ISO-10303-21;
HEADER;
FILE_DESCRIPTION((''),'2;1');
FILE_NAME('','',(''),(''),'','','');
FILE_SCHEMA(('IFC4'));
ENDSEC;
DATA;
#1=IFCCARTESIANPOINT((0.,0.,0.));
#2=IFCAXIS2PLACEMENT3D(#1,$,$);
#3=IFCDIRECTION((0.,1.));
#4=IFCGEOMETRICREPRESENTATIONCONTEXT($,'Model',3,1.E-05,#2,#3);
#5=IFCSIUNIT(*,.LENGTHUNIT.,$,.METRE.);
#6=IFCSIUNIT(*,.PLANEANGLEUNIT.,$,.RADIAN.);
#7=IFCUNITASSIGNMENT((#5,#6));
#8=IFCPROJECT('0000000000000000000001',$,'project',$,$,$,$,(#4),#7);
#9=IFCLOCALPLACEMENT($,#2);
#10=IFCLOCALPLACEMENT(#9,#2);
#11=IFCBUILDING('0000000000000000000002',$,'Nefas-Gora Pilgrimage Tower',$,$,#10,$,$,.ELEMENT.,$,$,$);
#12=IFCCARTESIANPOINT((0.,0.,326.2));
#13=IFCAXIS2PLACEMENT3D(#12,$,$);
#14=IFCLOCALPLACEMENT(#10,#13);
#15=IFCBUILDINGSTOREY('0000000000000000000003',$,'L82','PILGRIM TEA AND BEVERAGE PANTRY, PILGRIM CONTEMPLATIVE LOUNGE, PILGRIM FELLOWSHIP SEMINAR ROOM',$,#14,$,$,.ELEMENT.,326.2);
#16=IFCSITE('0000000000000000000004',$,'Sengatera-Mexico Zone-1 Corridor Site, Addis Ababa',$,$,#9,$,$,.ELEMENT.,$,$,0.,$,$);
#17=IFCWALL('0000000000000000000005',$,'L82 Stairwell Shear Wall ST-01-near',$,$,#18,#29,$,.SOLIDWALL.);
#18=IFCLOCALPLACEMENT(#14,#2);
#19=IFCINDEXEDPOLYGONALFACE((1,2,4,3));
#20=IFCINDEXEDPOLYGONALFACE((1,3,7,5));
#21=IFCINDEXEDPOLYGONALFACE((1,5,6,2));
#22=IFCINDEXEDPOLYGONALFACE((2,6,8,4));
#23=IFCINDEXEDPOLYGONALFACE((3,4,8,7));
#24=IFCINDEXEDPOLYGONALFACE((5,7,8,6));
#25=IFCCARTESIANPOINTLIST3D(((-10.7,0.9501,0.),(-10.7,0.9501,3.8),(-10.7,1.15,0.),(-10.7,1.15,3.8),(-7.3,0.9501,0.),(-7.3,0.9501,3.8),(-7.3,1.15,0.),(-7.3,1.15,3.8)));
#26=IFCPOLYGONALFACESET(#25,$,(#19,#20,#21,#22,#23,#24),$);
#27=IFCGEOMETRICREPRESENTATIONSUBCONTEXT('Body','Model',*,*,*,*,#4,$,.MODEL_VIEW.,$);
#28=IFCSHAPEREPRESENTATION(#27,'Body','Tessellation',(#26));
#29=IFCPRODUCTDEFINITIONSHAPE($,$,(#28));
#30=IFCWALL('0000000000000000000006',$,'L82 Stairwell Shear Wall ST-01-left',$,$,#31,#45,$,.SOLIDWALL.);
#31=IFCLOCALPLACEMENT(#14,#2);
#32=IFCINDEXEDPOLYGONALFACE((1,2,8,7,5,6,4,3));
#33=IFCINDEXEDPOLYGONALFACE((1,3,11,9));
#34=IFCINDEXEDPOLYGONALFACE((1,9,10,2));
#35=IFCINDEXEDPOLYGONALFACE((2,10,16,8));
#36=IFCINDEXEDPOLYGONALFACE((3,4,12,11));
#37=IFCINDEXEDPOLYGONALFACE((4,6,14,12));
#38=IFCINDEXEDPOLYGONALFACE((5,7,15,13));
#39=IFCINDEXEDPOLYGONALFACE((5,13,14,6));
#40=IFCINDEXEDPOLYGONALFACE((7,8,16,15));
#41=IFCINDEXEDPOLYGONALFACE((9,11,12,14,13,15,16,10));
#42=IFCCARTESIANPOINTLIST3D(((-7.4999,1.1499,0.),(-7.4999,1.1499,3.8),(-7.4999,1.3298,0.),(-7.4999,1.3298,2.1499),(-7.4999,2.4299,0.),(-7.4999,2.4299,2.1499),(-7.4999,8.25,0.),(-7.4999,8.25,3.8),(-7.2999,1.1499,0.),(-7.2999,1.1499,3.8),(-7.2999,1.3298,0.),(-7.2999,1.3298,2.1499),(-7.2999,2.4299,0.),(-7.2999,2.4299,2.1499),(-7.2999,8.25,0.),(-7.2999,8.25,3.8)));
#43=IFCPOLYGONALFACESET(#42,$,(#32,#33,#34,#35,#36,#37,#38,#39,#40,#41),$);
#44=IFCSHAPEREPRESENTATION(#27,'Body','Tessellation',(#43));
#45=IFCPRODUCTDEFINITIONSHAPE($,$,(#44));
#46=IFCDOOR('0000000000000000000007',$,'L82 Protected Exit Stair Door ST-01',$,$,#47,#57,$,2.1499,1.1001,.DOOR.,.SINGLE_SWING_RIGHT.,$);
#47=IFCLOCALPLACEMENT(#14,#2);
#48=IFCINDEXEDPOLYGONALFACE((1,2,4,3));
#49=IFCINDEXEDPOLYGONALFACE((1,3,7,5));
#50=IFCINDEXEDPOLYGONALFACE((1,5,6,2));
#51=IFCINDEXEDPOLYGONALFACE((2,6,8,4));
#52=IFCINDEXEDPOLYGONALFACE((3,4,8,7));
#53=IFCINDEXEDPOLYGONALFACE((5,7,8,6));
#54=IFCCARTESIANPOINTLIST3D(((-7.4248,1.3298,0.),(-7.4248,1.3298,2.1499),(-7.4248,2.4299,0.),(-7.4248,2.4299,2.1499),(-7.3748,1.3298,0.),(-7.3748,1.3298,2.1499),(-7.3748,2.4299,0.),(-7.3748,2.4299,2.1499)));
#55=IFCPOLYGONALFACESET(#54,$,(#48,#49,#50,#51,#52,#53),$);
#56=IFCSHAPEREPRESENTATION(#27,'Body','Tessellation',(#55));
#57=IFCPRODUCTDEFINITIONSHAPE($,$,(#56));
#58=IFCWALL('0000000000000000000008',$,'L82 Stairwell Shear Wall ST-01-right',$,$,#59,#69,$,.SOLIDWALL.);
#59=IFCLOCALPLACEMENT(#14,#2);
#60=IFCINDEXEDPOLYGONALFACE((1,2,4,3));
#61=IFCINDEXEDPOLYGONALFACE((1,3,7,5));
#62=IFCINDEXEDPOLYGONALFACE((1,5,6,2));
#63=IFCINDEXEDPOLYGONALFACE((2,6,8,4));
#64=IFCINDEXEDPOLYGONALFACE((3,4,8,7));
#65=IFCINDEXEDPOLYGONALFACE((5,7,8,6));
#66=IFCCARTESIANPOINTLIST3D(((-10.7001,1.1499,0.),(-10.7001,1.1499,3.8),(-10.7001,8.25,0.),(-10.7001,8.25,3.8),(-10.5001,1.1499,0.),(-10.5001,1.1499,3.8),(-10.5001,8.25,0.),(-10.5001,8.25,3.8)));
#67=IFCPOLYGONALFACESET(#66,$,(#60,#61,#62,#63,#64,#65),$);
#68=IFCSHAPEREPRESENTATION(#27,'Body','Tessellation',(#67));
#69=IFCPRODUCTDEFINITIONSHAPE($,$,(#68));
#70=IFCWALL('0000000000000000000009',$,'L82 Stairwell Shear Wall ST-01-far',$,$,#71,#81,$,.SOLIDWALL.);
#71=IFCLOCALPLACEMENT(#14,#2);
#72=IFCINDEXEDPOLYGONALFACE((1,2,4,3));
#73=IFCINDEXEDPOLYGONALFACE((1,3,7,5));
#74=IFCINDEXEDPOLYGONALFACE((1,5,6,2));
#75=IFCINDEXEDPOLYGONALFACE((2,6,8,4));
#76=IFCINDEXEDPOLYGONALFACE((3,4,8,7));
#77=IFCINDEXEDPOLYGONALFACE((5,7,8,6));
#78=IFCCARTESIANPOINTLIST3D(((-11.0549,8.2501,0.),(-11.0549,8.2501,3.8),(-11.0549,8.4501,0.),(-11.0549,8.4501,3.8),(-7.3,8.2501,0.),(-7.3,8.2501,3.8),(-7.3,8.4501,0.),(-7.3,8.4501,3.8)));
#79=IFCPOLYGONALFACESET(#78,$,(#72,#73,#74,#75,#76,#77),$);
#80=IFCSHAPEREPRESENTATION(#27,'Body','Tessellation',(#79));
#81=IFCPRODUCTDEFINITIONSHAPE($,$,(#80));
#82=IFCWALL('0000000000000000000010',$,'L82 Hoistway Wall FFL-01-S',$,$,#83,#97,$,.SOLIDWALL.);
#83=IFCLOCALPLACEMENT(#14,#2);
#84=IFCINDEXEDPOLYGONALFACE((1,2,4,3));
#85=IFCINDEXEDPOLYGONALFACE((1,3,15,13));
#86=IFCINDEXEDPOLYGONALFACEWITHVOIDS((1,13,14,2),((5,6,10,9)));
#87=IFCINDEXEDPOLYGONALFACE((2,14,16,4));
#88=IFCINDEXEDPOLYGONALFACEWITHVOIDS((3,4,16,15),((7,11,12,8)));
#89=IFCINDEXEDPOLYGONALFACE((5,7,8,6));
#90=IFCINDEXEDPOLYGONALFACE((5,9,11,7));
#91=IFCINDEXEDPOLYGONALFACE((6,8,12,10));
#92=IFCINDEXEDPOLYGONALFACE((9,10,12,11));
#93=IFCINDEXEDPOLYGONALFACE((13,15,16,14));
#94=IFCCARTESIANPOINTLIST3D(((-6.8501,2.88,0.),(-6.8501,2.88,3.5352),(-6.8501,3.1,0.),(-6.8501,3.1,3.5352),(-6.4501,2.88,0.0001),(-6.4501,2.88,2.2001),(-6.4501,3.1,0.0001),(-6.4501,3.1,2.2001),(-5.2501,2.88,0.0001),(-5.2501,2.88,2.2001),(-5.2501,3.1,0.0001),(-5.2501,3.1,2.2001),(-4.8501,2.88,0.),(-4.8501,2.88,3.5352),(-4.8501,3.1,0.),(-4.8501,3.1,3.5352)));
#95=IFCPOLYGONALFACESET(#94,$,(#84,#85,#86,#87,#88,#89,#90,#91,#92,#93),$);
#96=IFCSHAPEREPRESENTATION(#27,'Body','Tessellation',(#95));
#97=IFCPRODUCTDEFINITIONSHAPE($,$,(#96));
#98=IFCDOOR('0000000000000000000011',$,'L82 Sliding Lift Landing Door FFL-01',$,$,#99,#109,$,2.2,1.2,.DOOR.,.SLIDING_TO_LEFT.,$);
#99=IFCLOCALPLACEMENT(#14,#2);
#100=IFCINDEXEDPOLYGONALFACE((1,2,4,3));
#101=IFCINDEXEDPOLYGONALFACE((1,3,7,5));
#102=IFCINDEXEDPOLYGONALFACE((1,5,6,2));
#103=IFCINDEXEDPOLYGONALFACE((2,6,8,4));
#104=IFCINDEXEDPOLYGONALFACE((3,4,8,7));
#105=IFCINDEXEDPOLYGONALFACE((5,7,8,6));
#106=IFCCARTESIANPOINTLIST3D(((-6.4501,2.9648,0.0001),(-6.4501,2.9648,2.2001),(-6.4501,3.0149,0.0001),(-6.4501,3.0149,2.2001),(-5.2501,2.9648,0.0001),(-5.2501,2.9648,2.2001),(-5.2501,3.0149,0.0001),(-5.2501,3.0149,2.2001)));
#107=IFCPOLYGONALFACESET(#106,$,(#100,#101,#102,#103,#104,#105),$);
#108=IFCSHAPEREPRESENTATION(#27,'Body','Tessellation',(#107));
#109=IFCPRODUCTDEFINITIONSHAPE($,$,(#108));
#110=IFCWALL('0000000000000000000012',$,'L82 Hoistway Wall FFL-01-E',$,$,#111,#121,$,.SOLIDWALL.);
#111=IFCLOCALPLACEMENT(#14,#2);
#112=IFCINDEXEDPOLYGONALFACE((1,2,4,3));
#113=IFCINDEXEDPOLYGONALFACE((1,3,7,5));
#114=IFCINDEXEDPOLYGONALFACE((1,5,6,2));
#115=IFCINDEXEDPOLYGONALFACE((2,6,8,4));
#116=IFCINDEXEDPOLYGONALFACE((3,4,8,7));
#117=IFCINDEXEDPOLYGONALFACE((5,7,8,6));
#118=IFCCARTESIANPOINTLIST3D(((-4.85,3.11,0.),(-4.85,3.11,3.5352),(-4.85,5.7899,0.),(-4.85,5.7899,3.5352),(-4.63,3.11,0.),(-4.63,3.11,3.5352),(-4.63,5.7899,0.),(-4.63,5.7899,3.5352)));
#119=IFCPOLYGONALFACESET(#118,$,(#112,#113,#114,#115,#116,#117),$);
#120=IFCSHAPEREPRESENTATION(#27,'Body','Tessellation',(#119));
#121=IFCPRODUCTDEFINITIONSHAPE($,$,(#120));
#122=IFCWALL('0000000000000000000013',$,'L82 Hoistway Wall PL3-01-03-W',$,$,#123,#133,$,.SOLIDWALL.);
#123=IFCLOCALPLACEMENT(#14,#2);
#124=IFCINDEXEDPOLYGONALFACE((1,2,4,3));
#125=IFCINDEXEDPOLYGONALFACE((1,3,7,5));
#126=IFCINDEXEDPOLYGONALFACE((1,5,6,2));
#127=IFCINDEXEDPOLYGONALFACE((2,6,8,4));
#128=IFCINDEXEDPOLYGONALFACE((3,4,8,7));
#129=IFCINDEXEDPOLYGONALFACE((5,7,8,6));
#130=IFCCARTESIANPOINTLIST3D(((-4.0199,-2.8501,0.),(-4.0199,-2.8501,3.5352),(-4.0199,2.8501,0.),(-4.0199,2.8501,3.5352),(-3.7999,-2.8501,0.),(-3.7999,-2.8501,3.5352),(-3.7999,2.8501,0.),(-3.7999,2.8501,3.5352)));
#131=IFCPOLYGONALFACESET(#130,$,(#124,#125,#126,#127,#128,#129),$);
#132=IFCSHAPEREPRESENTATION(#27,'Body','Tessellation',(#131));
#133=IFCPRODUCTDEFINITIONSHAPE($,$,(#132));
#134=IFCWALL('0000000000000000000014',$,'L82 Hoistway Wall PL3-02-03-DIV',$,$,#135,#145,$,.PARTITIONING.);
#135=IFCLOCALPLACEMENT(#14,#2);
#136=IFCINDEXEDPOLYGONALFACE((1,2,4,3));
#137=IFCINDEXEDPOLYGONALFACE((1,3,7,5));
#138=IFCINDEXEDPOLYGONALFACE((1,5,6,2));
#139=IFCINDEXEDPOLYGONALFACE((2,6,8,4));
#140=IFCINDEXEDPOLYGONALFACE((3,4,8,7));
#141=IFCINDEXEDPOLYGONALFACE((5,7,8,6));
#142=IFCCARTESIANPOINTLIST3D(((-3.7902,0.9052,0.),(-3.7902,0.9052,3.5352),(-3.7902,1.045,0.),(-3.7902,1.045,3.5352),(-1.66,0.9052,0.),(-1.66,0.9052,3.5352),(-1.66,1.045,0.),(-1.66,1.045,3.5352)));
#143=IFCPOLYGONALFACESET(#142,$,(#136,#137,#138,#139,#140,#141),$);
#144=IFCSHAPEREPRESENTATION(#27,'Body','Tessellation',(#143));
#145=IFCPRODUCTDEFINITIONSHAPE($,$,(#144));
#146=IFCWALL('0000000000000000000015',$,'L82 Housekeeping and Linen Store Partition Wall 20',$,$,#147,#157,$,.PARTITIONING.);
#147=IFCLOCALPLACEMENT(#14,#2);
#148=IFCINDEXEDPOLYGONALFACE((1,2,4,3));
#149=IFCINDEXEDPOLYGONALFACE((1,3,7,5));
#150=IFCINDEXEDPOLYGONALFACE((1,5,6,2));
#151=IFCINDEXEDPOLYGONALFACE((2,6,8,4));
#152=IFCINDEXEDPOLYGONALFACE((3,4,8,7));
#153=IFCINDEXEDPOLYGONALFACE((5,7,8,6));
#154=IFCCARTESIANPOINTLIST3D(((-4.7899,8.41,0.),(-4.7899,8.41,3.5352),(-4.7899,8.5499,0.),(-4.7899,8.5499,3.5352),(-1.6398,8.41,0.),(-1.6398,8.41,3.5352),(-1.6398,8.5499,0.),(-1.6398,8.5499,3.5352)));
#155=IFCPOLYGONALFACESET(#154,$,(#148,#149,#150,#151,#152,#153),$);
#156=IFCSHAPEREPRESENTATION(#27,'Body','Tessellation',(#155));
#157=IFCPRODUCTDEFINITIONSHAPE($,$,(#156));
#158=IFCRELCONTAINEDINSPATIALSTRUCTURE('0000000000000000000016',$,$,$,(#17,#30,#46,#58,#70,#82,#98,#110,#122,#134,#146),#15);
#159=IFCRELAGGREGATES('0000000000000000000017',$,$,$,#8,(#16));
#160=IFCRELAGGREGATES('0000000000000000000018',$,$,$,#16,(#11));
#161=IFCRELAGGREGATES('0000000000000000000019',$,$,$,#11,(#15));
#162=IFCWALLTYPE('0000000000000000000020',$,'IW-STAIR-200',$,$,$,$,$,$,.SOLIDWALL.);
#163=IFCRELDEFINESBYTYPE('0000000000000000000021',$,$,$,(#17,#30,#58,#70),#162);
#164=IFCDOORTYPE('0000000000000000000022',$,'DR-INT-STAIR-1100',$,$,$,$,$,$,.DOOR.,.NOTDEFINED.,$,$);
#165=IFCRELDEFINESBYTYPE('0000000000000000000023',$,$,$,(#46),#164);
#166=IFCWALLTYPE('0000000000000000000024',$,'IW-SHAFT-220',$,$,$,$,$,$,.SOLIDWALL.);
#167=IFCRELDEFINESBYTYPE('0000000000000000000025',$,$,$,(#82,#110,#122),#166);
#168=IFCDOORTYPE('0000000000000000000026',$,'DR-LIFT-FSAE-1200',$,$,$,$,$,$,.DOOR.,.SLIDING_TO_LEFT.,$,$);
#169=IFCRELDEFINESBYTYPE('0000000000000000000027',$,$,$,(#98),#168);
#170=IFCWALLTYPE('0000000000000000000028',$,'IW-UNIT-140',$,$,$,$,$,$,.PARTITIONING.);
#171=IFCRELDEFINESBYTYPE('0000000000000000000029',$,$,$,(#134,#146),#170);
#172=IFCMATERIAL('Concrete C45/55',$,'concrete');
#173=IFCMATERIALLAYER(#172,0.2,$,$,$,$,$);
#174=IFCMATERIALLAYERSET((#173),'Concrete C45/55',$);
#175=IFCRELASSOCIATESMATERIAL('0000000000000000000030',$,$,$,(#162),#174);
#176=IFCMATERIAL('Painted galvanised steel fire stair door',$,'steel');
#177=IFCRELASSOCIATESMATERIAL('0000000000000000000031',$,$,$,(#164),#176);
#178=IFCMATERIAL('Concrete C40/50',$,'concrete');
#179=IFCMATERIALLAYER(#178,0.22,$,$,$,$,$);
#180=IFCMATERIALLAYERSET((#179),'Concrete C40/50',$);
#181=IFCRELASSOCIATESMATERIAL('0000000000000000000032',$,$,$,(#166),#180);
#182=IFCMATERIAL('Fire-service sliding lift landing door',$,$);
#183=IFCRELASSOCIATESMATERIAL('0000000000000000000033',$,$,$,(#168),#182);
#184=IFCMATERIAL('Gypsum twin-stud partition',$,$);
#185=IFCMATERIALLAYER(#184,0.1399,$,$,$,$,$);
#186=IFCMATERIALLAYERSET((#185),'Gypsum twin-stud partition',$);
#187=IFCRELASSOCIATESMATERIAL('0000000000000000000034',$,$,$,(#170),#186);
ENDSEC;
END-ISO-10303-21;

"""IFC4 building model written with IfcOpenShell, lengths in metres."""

from ifc_helpers import new_model, si_unit, direction, frame, frame_2d, origin, place, context, subcontext, project, spatial, rectangle, extrude, source, transform, mapped, material, layer, layer_set, type_object, element, fill, save


model = new_model("IFC4")

# Units and contexts
model_context = context("Model", 3, precision=1e-05, world=origin(), true_north=direction((0.0, 1.0)))
body_context = subcontext(model_context, "Body", "Model", "MODEL_VIEW")
ifc_project = project(units=[si_unit("LENGTHUNIT", "METRE"), si_unit("PLANEANGLEUNIT", "RADIAN")], contexts=[model_context])

# Site, building, storey
site_placement = place(None, origin())
site = spatial("IfcSite", under=ifc_project, at=site_placement, Name="Sengatera-Mexico Zone-1 Corridor Site, Addis Ababa", CompositionType="ELEMENT", RefElevation=0.0)
building_placement = place(site_placement, origin())
building = spatial("IfcBuilding", under=site, at=building_placement, Name="Nefas-Gora Pilgrimage Tower", CompositionType="ELEMENT")
storey_placement = place(building_placement, frame((0.0, 0.0, 326.2)))
storey = spatial("IfcBuildingStorey", under=building, at=storey_placement, Name="L82", Description="PILGRIM TEA AND BEVERAGE PANTRY, PILGRIM CONTEMPLATIVE LOUNGE, PILGRIM FELLOWSHIP SEMINAR ROOM", CompositionType="ELEMENT", Elevation=326.2)

# Wall
ifc_material_1 = material(Name="Concrete C45/55", Category="concrete")
ifc_layer_1 = layer(ifc_material_1, 0.2)
ifc_layer_set_1 = layer_set([ifc_layer_1], Name="Concrete C45/55")
wall_type_1 = type_object("IfcWallType", Name="IW-STAIR-200", PredefinedType="SOLIDWALL", material=ifc_layer_set_1)
shared_shape_1 = source(origin(), body_context, "Body", "SweptSolid", [
    extrude(rectangle(XDim=3.3999, YDim=0.2, at=frame_2d((1.7, 0.0))), origin(), (0.0, 0.0, 1.0), 3.8),
])
wall_1_placement = place(storey_placement, frame((-7.3, 1.05, 0.0), z_axis=(0.0, 0.0, 1.0), x_axis=(-1.0, 0.0, 0.0)))
element("IfcWall", 1, at=wall_1_placement, inside=storey, type_object=wall_type_1, Name="L82 Stairwell Shear Wall ST-01-near", PredefinedType="SOLIDWALL", context=body_context, shape_type="MappedRepresentation", body=[
    mapped(shared_shape_1, transform((0.0, 0.0, 0.0), x_axis=(1.0, 0.0, 0.0), y_axis=(0.0, 1.0, 0.0), z_axis=(0.0, 0.0, 1.0), scale=1.0)),
])

# Wall, opening, door
shared_shape_2 = source(origin(), body_context, "Body", "SweptSolid", [
    extrude(rectangle(XDim=7.1001, YDim=0.2, at=frame_2d((3.55, 0.0))), origin(), (0.0, 0.0, 1.0), 3.8),
])
wall_2_placement = place(storey_placement, frame((-7.3999, 1.1499, 0.0), z_axis=(0.0, 0.0, 1.0), x_axis=(0.0, 1.0, 0.0)))
wall_2 = element("IfcWall", 2, at=wall_2_placement, inside=storey, type_object=wall_type_1, Name="L82 Stairwell Shear Wall ST-01-left", PredefinedType="SOLIDWALL", context=body_context, shape_type="MappedRepresentation", body=[
    mapped(shared_shape_2, transform((0.0, 0.0, 0.0), x_axis=(1.0, 0.0, 0.0), y_axis=(0.0, 1.0, 0.0), z_axis=(0.0, 0.0, 1.0), scale=1.0)),
])
opening_1_placement = place(wall_2_placement, frame((0.1799, 0.0, 0.0)))
opening_1 = element("IfcOpeningElement", 3, at=opening_1_placement, cuts=wall_2, PredefinedType="OPENING", context=body_context, shape_type="SweptSolid", body=[
    extrude(rectangle(XDim=1.1001, YDim=2.1499, at=frame_2d((0.55, 1.075))), frame((0.0, 0.1099, 0.0), z_axis=(0.0, -1.0, 0.0), x_axis=(1.0, 0.0, 0.0)), (0.0, 0.0, 1.0), 0.22),
])
ifc_material_2 = material(Name="Painted galvanised steel fire stair door", Category="steel")
door_type_1 = type_object("IfcDoorType", Name="DR-INT-STAIR-1100", OperationType="NOTDEFINED", PredefinedType="DOOR", material=ifc_material_2)
shared_shape_3 = source(origin(), body_context, "Body", "SweptSolid", [
    extrude(rectangle(XDim=1.1001, YDim=2.1499, at=frame_2d((0.55, 1.075))), frame((0.0, 0.0249, 0.0), z_axis=(0.0, -1.0, 0.0), x_axis=(1.0, 0.0, 0.0)), (0.0, 0.0, 1.0), 0.05),
])
door_1_placement = place(opening_1_placement, origin())
door_1 = element("IfcDoor", 4, at=door_1_placement, inside=storey, type_object=door_type_1, Name="L82 Protected Exit Stair Door ST-01", OperationType="SINGLE_SWING_RIGHT", OverallHeight=2.1499, OverallWidth=1.1001, PredefinedType="DOOR", context=body_context, shape_type="MappedRepresentation", body=[
    mapped(shared_shape_3, transform((0.0, 0.0, 0.0), x_axis=(1.0, 0.0, 0.0), y_axis=(0.0, 1.0, 0.0), z_axis=(0.0, 0.0, 1.0), scale=1.0)),
])
fill(opening_1, door_1)

# Walls
wall_3_placement = place(storey_placement, frame((-10.6001, 1.1499, 0.0), z_axis=(0.0, 0.0, 1.0), x_axis=(0.0, 1.0, 0.0)))
element("IfcWall", 5, at=wall_3_placement, inside=storey, type_object=wall_type_1, Name="L82 Stairwell Shear Wall ST-01-right", PredefinedType="SOLIDWALL", context=body_context, shape_type="MappedRepresentation", body=[
    mapped(shared_shape_2, transform((0.0, 0.0, 0.0), x_axis=(1.0, 0.0, 0.0), y_axis=(0.0, 1.0, 0.0), z_axis=(0.0, 0.0, 1.0), scale=1.0)),
])
shared_shape_4 = source(origin(), body_context, "Body", "SweptSolid", [
    extrude(rectangle(XDim=3.7549, YDim=0.2, at=frame_2d((1.8774, 0.0))), origin(), (0.0, 0.0, 1.0), 3.8),
])
wall_4_placement = place(storey_placement, frame((-7.3, 8.3501, 0.0), z_axis=(0.0, 0.0, 1.0), x_axis=(-1.0, 0.0, 0.0)))
element("IfcWall", 6, at=wall_4_placement, inside=storey, type_object=wall_type_1, Name="L82 Stairwell Shear Wall ST-01-far", PredefinedType="SOLIDWALL", context=body_context, shape_type="MappedRepresentation", body=[
    mapped(shared_shape_4, transform((0.0, 0.0, 0.0), x_axis=(1.0, 0.0, 0.0), y_axis=(0.0, 1.0, 0.0), z_axis=(0.0, 0.0, 1.0), scale=1.0)),
])

# Wall, opening, door
ifc_material_3 = material(Name="Concrete C40/50", Category="concrete")
ifc_layer_2 = layer(ifc_material_3, 0.22)
ifc_layer_set_2 = layer_set([ifc_layer_2], Name="Concrete C40/50")
wall_type_2 = type_object("IfcWallType", Name="IW-SHAFT-220", PredefinedType="SOLIDWALL", material=ifc_layer_set_2)
shared_shape_5 = source(origin(), body_context, "Body", "SweptSolid", [
    extrude(rectangle(XDim=2.0, YDim=0.22, at=frame_2d((1.0, 0.0))), origin(), (0.0, 0.0, 1.0), 3.5352),
])
wall_5_placement = place(storey_placement, frame((-6.8501, 2.99, 0.0), z_axis=(0.0, 0.0, 1.0), x_axis=(1.0, 0.0, 0.0)))
wall_5 = element("IfcWall", 7, at=wall_5_placement, inside=storey, type_object=wall_type_2, Name="L82 Hoistway Wall FFL-01-S", PredefinedType="SOLIDWALL", context=body_context, shape_type="MappedRepresentation", body=[
    mapped(shared_shape_5, transform((0.0, 0.0, 0.0), x_axis=(1.0, 0.0, 0.0), y_axis=(0.0, 1.0, 0.0), z_axis=(0.0, 0.0, 1.0), scale=1.0)),
])
opening_2_placement = place(wall_5_placement, frame((0.3999, 0.0, 0.0)))
opening_2 = element("IfcOpeningElement", 8, at=opening_2_placement, cuts=wall_5, PredefinedType="OPENING", context=body_context, shape_type="SweptSolid", body=[
    extrude(rectangle(XDim=1.2, YDim=2.2, at=frame_2d((0.6001, 1.1001))), frame((0.0, 0.1199, 0.0), z_axis=(0.0, -1.0, 0.0), x_axis=(1.0, 0.0, 0.0)), (0.0, 0.0, 1.0), 0.24),
])
ifc_material_4 = material(Name="Fire-service sliding lift landing door")
door_type_2 = type_object("IfcDoorType", Name="DR-LIFT-FSAE-1200", OperationType="SLIDING_TO_LEFT", PredefinedType="DOOR", material=ifc_material_4)
shared_shape_6 = source(origin(), body_context, "Body", "SweptSolid", [
    extrude(rectangle(XDim=1.2, YDim=2.2, at=frame_2d((0.6001, 1.1001))), frame((0.0, 0.0249, 0.0), z_axis=(0.0, -1.0, 0.0), x_axis=(1.0, 0.0, 0.0)), (0.0, 0.0, 1.0), 0.05),
])
door_2_placement = place(opening_2_placement, origin())
door_2 = element("IfcDoor", 9, at=door_2_placement, inside=storey, type_object=door_type_2, Name="L82 Sliding Lift Landing Door FFL-01", OperationType="SLIDING_TO_LEFT", OverallHeight=2.2, OverallWidth=1.2, PredefinedType="DOOR", context=body_context, shape_type="MappedRepresentation", body=[
    mapped(shared_shape_6, transform((0.0, 0.0, 0.0), x_axis=(1.0, 0.0, 0.0), y_axis=(0.0, 1.0, 0.0), z_axis=(0.0, 0.0, 1.0), scale=1.0)),
])
fill(opening_2, door_2)

# Walls
shared_shape_7 = source(origin(), body_context, "Body", "SweptSolid", [
    extrude(rectangle(XDim=2.6799, YDim=0.22, at=frame_2d((1.3398, 0.0))), origin(), (0.0, 0.0, 1.0), 3.5352),
])
wall_6_placement = place(storey_placement, frame((-4.74, 3.1101, 0.0), z_axis=(0.0, 0.0, 1.0), x_axis=(0.0, 1.0, 0.0)))
element("IfcWall", 10, at=wall_6_placement, inside=storey, type_object=wall_type_2, Name="L82 Hoistway Wall FFL-01-E", PredefinedType="SOLIDWALL", context=body_context, shape_type="MappedRepresentation", body=[
    mapped(shared_shape_7, transform((0.0, 0.0, 0.0), x_axis=(1.0, 0.0, 0.0), y_axis=(0.0, 1.0, 0.0), z_axis=(0.0, 0.0, 1.0), scale=1.0)),
])
shared_shape_8 = source(origin(), body_context, "Body", "SweptSolid", [
    extrude(rectangle(XDim=5.7002, YDim=0.22, at=frame_2d((2.8501, 0.0))), origin(), (0.0, 0.0, 1.0), 3.5352),
])
wall_7_placement = place(storey_placement, frame((-3.9099, 2.8501, 0.0), z_axis=(0.0, 0.0, 1.0), x_axis=(0.0, -1.0, 0.0)))
element("IfcWall", 11, at=wall_7_placement, inside=storey, type_object=wall_type_2, Name="L82 Hoistway Wall PL3-01-03-W", PredefinedType="SOLIDWALL", context=body_context, shape_type="MappedRepresentation", body=[
    mapped(shared_shape_8, transform((0.0, 0.0, 0.0), x_axis=(1.0, 0.0, 0.0), y_axis=(0.0, 1.0, 0.0), z_axis=(0.0, 0.0, 1.0), scale=1.0)),
])
ifc_material_5 = material(Name="Gypsum twin-stud partition")
ifc_layer_3 = layer(ifc_material_5, 0.1399)
ifc_layer_set_3 = layer_set([ifc_layer_3], Name="Gypsum twin-stud partition")
wall_type_3 = type_object("IfcWallType", Name="IW-UNIT-140", PredefinedType="PARTITIONING", material=ifc_layer_set_3)
shared_shape_9 = source(origin(), body_context, "Body", "SweptSolid", [
    extrude(rectangle(XDim=2.1301, YDim=0.1399, at=frame_2d((1.0649, 0.0))), origin(), (0.0, 0.0, 1.0), 3.5352),
])
wall_8_placement = place(storey_placement, frame((-3.79, 0.9751, 0.0), z_axis=(0.0, 0.0, 1.0), x_axis=(1.0, 0.0, 0.0)))
element("IfcWall", 12, at=wall_8_placement, inside=storey, type_object=wall_type_3, Name="L82 Hoistway Wall PL3-02-03-DIV", PredefinedType="PARTITIONING", context=body_context, shape_type="MappedRepresentation", body=[
    mapped(shared_shape_9, transform((0.0, 0.0, 0.0), x_axis=(1.0, 0.0, 0.0), y_axis=(0.0, 1.0, 0.0), z_axis=(0.0, 0.0, 1.0), scale=1.0)),
])
shared_shape_10 = source(origin(), body_context, "Body", "SweptSolid", [
    extrude(rectangle(XDim=3.1501, YDim=0.1399, at=frame_2d((1.5752, 0.0))), origin(), (0.0, 0.0, 1.0), 3.5352),
])
wall_9_placement = place(storey_placement, frame((-4.79, 8.48, 0.0), z_axis=(0.0, 0.0, 1.0), x_axis=(1.0, 0.0, 0.0)))
element("IfcWall", 13, at=wall_9_placement, inside=storey, type_object=wall_type_3, Name="L82 Housekeeping and Linen Store Partition Wall 20", PredefinedType="PARTITIONING", context=body_context, shape_type="MappedRepresentation", body=[
    mapped(shared_shape_10, transform((0.0, 0.0, 0.0), x_axis=(1.0, 0.0, 0.0), y_axis=(0.0, 1.0, 0.0), z_axis=(0.0, 0.0, 1.0), scale=1.0)),
])

save(model, "model.ifc")
